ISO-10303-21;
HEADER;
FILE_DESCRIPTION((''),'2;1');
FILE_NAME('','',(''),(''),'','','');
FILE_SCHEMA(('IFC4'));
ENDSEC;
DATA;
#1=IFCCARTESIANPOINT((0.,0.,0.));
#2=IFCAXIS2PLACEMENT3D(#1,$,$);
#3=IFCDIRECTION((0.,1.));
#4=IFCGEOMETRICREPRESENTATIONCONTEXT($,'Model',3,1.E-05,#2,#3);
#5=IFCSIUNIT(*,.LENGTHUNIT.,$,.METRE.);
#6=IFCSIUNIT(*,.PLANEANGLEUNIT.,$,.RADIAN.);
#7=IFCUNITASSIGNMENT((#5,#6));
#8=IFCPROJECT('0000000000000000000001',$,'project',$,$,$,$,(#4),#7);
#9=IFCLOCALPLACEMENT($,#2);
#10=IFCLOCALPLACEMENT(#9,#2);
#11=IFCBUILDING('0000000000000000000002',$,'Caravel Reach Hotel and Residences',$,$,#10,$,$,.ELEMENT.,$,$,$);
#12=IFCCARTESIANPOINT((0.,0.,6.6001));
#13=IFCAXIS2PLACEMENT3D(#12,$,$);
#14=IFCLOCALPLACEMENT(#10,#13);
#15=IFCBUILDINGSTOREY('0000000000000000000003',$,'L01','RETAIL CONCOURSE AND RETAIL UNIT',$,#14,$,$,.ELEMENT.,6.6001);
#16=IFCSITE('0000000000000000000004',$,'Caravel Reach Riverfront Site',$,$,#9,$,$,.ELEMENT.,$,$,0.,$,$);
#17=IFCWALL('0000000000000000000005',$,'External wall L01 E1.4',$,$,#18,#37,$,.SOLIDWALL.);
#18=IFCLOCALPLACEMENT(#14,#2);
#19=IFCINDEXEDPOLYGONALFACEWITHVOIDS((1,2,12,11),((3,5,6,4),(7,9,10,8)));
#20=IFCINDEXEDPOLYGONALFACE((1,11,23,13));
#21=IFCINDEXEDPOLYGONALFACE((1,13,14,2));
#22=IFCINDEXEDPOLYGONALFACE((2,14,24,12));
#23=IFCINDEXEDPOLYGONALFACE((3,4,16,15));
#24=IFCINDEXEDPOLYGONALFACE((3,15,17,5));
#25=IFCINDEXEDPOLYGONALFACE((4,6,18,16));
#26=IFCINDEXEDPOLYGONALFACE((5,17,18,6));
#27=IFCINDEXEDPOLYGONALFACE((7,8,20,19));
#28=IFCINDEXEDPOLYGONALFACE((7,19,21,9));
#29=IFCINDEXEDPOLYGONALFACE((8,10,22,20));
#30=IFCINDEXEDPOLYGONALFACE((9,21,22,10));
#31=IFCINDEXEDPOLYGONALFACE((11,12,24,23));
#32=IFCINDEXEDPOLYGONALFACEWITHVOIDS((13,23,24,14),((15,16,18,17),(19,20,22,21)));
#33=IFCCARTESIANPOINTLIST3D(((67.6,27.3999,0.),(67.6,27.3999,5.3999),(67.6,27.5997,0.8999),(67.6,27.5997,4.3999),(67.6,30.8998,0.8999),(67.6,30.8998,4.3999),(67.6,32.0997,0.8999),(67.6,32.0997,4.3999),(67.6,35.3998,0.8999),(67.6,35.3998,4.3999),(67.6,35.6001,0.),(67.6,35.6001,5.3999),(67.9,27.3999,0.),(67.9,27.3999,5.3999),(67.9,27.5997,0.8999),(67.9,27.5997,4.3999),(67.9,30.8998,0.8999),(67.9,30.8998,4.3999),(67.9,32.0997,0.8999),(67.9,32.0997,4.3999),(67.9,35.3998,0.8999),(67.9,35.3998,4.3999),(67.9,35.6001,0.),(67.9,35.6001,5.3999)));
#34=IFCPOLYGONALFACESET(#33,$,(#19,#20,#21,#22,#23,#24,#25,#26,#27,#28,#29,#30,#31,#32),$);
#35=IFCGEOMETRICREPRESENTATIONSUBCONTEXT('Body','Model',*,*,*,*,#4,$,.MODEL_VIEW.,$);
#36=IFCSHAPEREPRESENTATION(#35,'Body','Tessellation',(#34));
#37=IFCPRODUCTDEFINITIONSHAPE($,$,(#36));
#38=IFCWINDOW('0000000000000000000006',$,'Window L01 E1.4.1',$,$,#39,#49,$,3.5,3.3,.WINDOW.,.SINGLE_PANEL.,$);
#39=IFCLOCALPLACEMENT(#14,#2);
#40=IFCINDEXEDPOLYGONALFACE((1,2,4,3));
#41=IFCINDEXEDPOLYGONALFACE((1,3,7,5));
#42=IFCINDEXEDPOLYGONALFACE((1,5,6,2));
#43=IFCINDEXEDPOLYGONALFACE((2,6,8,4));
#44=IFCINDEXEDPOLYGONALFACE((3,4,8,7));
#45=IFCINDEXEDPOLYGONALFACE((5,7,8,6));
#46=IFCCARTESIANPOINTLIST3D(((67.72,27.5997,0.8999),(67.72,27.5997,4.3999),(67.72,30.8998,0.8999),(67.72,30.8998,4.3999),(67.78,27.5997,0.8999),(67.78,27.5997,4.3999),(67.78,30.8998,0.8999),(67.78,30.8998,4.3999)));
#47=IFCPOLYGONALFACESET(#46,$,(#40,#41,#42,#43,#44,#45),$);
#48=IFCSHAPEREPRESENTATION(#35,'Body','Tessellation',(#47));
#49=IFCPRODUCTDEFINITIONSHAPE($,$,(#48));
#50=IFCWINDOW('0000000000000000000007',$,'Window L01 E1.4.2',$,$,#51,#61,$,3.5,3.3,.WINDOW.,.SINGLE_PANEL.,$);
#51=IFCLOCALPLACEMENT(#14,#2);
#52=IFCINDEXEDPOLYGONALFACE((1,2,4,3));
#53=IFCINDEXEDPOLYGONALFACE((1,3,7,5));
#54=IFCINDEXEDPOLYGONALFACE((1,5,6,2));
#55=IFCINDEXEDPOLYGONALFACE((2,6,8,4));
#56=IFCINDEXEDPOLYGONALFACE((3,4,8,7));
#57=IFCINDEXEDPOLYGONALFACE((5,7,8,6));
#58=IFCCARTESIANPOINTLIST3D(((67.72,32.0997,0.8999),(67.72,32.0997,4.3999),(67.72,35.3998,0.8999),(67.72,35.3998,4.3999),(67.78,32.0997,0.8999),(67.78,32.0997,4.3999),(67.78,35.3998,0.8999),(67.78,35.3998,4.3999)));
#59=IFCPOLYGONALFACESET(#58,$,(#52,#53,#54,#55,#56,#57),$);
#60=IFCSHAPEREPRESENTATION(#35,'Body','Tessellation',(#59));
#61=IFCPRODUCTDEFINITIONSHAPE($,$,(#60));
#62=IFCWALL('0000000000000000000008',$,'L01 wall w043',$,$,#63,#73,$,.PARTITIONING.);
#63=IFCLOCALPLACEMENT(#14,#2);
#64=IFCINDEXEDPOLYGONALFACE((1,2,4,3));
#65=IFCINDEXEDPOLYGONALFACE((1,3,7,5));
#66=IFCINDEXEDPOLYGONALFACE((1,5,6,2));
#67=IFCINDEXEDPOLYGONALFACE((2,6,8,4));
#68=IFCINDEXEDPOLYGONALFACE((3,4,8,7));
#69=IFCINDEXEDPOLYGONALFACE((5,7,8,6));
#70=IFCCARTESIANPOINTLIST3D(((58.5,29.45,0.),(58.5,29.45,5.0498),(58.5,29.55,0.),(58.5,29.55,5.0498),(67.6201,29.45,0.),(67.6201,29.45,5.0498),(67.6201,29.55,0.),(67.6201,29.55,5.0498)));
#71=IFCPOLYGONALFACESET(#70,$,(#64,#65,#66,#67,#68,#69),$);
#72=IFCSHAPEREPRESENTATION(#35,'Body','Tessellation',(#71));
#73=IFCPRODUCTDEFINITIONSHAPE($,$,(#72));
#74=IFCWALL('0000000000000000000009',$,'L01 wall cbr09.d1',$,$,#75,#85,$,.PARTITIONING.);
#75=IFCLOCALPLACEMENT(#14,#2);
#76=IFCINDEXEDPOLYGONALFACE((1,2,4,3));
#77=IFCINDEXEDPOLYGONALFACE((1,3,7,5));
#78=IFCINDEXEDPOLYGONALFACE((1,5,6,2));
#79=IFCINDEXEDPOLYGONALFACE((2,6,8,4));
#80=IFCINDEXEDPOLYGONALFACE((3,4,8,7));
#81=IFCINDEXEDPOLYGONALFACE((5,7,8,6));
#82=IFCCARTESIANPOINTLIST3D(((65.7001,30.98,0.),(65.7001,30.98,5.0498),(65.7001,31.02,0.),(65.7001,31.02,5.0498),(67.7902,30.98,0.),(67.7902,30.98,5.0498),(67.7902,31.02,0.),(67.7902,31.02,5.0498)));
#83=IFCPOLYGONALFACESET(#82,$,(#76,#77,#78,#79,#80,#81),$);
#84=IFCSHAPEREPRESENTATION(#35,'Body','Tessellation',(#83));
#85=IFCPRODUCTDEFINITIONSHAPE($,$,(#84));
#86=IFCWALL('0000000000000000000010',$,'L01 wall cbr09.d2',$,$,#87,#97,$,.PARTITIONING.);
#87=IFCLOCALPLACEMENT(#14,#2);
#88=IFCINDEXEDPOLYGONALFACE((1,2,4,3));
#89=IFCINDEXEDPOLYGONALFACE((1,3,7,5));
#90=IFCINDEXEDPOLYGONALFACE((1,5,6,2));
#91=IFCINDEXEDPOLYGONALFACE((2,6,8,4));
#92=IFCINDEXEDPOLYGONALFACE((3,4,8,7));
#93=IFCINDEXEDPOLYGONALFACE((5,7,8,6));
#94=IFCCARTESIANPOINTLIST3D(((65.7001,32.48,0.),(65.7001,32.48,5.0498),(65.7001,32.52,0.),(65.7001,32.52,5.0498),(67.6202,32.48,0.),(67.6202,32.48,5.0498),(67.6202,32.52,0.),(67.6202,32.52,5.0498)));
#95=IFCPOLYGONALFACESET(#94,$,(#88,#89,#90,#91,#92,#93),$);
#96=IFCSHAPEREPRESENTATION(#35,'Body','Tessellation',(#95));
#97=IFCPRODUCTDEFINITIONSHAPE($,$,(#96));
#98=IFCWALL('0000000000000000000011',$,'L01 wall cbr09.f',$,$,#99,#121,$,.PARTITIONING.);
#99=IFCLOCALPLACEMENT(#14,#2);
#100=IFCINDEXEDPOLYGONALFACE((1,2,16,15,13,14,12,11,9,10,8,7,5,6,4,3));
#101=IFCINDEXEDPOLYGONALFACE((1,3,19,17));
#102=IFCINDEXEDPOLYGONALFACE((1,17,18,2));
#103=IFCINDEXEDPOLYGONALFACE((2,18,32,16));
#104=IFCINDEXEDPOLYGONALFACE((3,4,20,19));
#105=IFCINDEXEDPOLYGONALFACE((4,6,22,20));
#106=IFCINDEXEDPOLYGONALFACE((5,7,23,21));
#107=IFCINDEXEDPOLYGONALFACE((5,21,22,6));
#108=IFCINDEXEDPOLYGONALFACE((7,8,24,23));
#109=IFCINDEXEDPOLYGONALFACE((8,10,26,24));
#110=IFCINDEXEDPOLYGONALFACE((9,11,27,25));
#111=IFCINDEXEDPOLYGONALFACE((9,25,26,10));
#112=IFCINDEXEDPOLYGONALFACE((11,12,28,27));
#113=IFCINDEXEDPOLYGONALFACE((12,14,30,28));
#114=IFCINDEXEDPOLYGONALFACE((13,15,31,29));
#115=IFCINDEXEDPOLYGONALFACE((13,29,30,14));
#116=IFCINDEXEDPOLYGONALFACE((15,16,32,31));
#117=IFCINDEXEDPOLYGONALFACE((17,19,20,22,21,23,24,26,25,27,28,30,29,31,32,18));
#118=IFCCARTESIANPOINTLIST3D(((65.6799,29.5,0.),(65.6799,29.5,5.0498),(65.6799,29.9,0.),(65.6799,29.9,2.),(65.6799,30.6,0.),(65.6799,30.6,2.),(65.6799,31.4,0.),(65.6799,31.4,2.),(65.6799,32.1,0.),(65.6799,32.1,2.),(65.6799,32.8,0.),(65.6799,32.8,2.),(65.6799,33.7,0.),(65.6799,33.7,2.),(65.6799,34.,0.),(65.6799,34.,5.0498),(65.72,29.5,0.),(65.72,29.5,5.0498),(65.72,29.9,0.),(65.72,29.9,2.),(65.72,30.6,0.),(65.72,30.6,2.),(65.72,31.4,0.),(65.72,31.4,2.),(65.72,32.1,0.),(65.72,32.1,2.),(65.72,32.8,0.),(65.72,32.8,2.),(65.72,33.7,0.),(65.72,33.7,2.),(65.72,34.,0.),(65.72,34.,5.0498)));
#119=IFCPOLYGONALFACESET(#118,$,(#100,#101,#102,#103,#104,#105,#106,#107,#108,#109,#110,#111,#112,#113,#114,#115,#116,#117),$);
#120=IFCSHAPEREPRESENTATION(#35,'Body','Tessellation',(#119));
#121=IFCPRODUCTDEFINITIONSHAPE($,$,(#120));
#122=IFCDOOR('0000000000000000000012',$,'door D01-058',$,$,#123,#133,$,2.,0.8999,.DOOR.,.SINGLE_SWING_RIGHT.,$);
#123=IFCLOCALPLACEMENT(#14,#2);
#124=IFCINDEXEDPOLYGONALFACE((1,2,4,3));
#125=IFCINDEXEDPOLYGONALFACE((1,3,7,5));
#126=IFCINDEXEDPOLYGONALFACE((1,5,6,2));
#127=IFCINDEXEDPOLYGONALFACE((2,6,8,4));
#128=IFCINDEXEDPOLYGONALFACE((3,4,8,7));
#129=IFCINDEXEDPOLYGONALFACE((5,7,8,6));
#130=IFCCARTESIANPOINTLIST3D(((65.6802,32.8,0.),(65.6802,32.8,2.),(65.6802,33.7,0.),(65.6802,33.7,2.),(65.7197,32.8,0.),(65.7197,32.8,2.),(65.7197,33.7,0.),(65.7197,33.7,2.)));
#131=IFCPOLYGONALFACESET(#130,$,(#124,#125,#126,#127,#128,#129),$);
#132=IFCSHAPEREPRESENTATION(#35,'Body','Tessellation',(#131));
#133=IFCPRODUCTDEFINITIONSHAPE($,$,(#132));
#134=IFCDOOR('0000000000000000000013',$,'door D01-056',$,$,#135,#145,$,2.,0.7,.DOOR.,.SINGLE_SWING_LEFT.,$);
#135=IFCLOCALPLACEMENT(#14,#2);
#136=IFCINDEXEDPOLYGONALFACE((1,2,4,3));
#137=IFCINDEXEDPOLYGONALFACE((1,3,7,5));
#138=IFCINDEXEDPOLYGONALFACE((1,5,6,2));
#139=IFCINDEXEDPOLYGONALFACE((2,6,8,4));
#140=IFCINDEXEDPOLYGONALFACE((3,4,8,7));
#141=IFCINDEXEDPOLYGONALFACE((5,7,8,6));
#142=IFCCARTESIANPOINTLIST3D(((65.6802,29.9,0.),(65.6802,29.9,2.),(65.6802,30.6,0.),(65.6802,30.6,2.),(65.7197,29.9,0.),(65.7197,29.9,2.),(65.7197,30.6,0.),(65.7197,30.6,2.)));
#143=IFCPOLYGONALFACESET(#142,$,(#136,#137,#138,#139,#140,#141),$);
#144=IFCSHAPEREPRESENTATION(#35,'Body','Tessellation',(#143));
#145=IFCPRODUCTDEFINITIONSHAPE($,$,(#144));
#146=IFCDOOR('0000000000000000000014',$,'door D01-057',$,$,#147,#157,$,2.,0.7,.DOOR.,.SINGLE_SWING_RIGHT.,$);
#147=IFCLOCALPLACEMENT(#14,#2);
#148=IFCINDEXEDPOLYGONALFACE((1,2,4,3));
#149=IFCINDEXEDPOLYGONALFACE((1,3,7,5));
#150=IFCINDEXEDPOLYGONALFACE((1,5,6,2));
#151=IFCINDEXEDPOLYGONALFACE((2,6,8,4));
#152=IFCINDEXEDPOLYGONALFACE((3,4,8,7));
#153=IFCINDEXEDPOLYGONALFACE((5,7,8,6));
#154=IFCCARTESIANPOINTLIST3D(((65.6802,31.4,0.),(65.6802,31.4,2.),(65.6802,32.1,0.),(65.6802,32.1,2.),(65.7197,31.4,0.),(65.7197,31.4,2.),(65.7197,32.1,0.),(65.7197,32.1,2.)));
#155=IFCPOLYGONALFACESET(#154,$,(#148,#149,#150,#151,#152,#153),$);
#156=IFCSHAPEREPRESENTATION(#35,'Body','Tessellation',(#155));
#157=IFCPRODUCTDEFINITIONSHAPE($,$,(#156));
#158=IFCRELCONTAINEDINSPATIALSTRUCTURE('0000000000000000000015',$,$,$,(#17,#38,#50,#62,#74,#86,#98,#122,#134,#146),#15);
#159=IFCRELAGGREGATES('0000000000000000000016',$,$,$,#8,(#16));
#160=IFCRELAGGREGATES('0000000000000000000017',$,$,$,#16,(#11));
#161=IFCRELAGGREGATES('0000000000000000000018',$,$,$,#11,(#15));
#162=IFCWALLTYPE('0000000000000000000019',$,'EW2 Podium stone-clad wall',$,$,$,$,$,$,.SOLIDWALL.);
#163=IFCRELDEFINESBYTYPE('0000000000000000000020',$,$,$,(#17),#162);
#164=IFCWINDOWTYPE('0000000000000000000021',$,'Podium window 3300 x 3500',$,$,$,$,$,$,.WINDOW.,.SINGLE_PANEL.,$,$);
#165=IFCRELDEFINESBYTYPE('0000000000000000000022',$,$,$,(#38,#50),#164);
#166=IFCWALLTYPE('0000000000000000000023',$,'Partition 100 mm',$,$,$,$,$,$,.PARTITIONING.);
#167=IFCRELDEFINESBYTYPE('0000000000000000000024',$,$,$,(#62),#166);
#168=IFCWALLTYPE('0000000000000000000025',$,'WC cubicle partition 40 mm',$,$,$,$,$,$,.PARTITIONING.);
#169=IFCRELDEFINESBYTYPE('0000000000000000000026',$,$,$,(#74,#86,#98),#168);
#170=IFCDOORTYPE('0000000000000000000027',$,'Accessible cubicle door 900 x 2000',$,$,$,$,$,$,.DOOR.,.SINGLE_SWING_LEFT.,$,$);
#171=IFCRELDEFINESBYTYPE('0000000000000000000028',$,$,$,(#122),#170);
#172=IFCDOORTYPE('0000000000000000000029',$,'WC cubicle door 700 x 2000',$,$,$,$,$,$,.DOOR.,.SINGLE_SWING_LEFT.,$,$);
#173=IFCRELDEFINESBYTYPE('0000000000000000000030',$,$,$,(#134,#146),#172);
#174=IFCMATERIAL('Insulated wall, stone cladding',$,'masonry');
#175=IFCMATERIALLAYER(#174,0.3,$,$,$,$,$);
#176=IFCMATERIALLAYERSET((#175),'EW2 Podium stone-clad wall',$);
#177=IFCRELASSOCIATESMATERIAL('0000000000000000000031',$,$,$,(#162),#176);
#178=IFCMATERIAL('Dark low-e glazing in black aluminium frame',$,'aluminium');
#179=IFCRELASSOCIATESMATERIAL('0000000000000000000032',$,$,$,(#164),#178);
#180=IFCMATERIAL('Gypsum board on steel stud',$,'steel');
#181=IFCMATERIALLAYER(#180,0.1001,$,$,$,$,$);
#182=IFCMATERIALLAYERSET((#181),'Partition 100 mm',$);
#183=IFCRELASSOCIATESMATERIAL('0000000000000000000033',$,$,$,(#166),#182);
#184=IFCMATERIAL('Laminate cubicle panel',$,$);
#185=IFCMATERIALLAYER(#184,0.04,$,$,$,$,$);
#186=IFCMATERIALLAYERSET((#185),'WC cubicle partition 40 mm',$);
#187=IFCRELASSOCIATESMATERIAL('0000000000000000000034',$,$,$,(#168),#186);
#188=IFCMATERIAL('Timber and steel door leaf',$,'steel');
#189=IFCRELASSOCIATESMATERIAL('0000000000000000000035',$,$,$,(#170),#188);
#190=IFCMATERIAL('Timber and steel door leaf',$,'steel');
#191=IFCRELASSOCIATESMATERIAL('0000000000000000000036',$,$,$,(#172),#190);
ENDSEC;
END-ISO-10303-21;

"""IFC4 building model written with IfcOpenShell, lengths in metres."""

from ifc_helpers import new_model, si_unit, direction, frame, frame_2d, origin, place, context, subcontext, project, spatial, rectangle, extrude, material, layer, layer_set, type_object, element, fill, save


model = new_model("IFC4")

# Units and contexts
model_context = context("Model", 3, precision=1e-05, world=origin(), true_north=direction((0.0, 1.0)))
body_context = subcontext(model_context, "Body", "Model", "MODEL_VIEW")
ifc_project = project(units=[si_unit("LENGTHUNIT", "METRE"), si_unit("PLANEANGLEUNIT", "RADIAN")], contexts=[model_context])

# Site, building, storey
site_placement = place(None, origin())
site = spatial("IfcSite", under=ifc_project, at=site_placement, Name="Caravel Reach Riverfront Site", CompositionType="ELEMENT", RefElevation=0.0)
building_placement = place(site_placement, origin())
building = spatial("IfcBuilding", under=site, at=building_placement, Name="Caravel Reach Hotel and Residences", CompositionType="ELEMENT")
storey_placement = place(building_placement, frame((0.0, 0.0, 6.6001)))
storey = spatial("IfcBuildingStorey", under=building, at=storey_placement, Name="L01", Description="RETAIL CONCOURSE AND RETAIL UNIT", CompositionType="ELEMENT", Elevation=6.6001)

# Wall, openings, windows
ifc_material_1 = material(Name="Insulated wall, stone cladding", Category="masonry")
ifc_layer_1 = layer(ifc_material_1, 0.3)
ifc_layer_set_1 = layer_set([ifc_layer_1], Name="EW2 Podium stone-clad wall")
wall_type_1 = type_object("IfcWallType", Name="EW2 Podium stone-clad wall", PredefinedType="SOLIDWALL", material=ifc_layer_set_1)
wall_1_placement = place(storey_placement, frame((67.75, 27.3999, 0.0), z_axis=(0.0, 0.0, 1.0), x_axis=(0.0, 1.0, 0.0)))
wall_1 = element("IfcWall", 1, at=wall_1_placement, inside=storey, type_object=wall_type_1, Name="External wall L01 E1.4", PredefinedType="SOLIDWALL", context=body_context, shape_type="SweptSolid", body=[
    extrude(rectangle(XDim=8.2002, YDim=0.3, at=frame_2d((4.1001, 0.0))), origin(), (0.0, 0.0, 1.0), 5.3999),
])
opening_1_placement = place(wall_1_placement, frame((0.2, 0.0, 0.8999)))
opening_1 = element("IfcOpeningElement", 2, at=opening_1_placement, cuts=wall_1, PredefinedType="OPENING", context=body_context, shape_type="SweptSolid", body=[
    extrude(rectangle(XDim=3.3, YDim=3.5, at=frame_2d((1.6499, 1.75))), frame((0.0, 0.1599, 0.0), z_axis=(0.0, -1.0, 0.0), x_axis=(1.0, 0.0, 0.0)), (0.0, 0.0, 1.0), 0.3201),
])
opening_2_placement = place(wall_1_placement, frame((4.7, 0.0, 0.8999)))
opening_2 = element("IfcOpeningElement", 3, at=opening_2_placement, cuts=wall_1, PredefinedType="OPENING", context=body_context, shape_type="SweptSolid", body=[
    extrude(rectangle(XDim=3.3, YDim=3.5, at=frame_2d((1.6499, 1.75))), frame((0.0, 0.1599, 0.0), z_axis=(0.0, -1.0, 0.0), x_axis=(1.0, 0.0, 0.0)), (0.0, 0.0, 1.0), 0.3201),
])
ifc_material_2 = material(Name="Dark low-e glazing in black aluminium frame", Category="aluminium")
window_type = type_object("IfcWindowType", Name="Podium window 3300 x 3500", PartitioningType="SINGLE_PANEL", PredefinedType="WINDOW", material=ifc_material_2)
window_1_placement = place(opening_1_placement, origin())
window_1 = element("IfcWindow", 4, at=window_1_placement, inside=storey, type_object=window_type, Name="Window L01 E1.4.1", OverallHeight=3.5, OverallWidth=3.3, PartitioningType="SINGLE_PANEL", PredefinedType="WINDOW", context=body_context, shape_type="SweptSolid", body=[
    extrude(rectangle(XDim=3.3, YDim=3.5, at=frame_2d((1.6499, 1.75))), frame((0.0, 0.03, 0.0), z_axis=(0.0, -1.0, 0.0), x_axis=(1.0, 0.0, 0.0)), (0.0, 0.0, 1.0), 0.0601),
])
fill(opening_1, window_1)
window_2_placement = place(opening_2_placement, origin())
window_2 = element("IfcWindow", 5, at=window_2_placement, inside=storey, type_object=window_type, Name="Window L01 E1.4.2", OverallHeight=3.5, OverallWidth=3.3, PartitioningType="SINGLE_PANEL", PredefinedType="WINDOW", context=body_context, shape_type="SweptSolid", body=[
    extrude(rectangle(XDim=3.3, YDim=3.5, at=frame_2d((1.6499, 1.75))), frame((0.0, 0.03, 0.0), z_axis=(0.0, -1.0, 0.0), x_axis=(1.0, 0.0, 0.0)), (0.0, 0.0, 1.0), 0.0601),
])
fill(opening_2, window_2)

# Walls
ifc_material_3 = material(Name="Gypsum board on steel stud", Category="steel")
ifc_layer_2 = layer(ifc_material_3, 0.1001)
ifc_layer_set_2 = layer_set([ifc_layer_2], Name="Partition 100 mm")
wall_type_2 = type_object("IfcWallType", Name="Partition 100 mm", PredefinedType="PARTITIONING", material=ifc_layer_set_2)
wall_2_placement = place(storey_placement, frame((58.5, 29.5, 0.0), z_axis=(0.0, 0.0, 1.0), x_axis=(1.0, 0.0, 0.0)))
element("IfcWall", 6, at=wall_2_placement, inside=storey, type_object=wall_type_2, Name="L01 wall w043", PredefinedType="PARTITIONING", context=body_context, shape_type="SweptSolid", body=[
    extrude(rectangle(XDim=9.1201, YDim=0.1001, at=frame_2d((4.5601, 0.0))), origin(), (0.0, 0.0, 1.0), 5.0498),
])
ifc_material_4 = material(Name="Laminate cubicle panel")
ifc_layer_3 = layer(ifc_material_4, 0.04)
ifc_layer_set_3 = layer_set([ifc_layer_3], Name="WC cubicle partition 40 mm")
wall_type_3 = type_object("IfcWallType", Name="WC cubicle partition 40 mm", PredefinedType="PARTITIONING", material=ifc_layer_set_3)
wall_3_placement = place(storey_placement, frame((67.79, 31.0, 0.0), z_axis=(0.0, 0.0, 1.0), x_axis=(-1.0, 0.0, 0.0)))
element("IfcWall", 7, at=wall_3_placement, inside=storey, type_object=wall_type_3, Name="L01 wall cbr09.d1", PredefinedType="PARTITIONING", context=body_context, shape_type="SweptSolid", body=[
    extrude(rectangle(XDim=2.0901, YDim=0.04, at=frame_2d((1.0449, 0.0))), origin(), (0.0, 0.0, 1.0), 5.0498),
])
wall_4_placement = place(storey_placement, frame((67.6201, 32.5, 0.0), z_axis=(0.0, 0.0, 1.0), x_axis=(-1.0, 0.0, 0.0)))
element("IfcWall", 8, at=wall_4_placement, inside=storey, type_object=wall_type_3, Name="L01 wall cbr09.d2", PredefinedType="PARTITIONING", context=body_context, shape_type="SweptSolid", body=[
    extrude(rectangle(XDim=1.9202, YDim=0.04, at=frame_2d((0.96, 0.0))), origin(), (0.0, 0.0, 1.0), 5.0498),
])

# Wall, openings, doors
wall_5_placement = place(storey_placement, frame((65.7, 29.5, 0.0), z_axis=(0.0, 0.0, 1.0), x_axis=(0.0, 1.0, 0.0)))
wall_5 = element("IfcWall", 9, at=wall_5_placement, inside=storey, type_object=wall_type_3, Name="L01 wall cbr09.f", PredefinedType="PARTITIONING", context=body_context, shape_type="SweptSolid", body=[
    extrude(rectangle(XDim=4.5, YDim=0.04, at=frame_2d((2.25, 0.0))), origin(), (0.0, 0.0, 1.0), 5.0498),
])
opening_3_placement = place(wall_5_placement, frame((0.3999, 0.0, 0.0)))
opening_3 = element("IfcOpeningElement", 10, at=opening_3_placement, cuts=wall_5, PredefinedType="OPENING", context=body_context, shape_type="SweptSolid", body=[
    extrude(rectangle(XDim=0.7, YDim=2.0, at=frame_2d((0.3501, 1.0))), frame((0.0, 0.03, 0.0), z_axis=(0.0, -1.0, 0.0), x_axis=(1.0, 0.0, 0.0)), (0.0, 0.0, 1.0), 0.0601),
])
opening_4_placement = place(wall_5_placement, frame((1.8999, 0.0, 0.0)))
opening_4 = element("IfcOpeningElement", 11, at=opening_4_placement, cuts=wall_5, PredefinedType="OPENING", context=body_context, shape_type="SweptSolid", body=[
    extrude(rectangle(XDim=0.7, YDim=2.0, at=frame_2d((0.3501, 1.0))), frame((0.0, 0.03, 0.0), z_axis=(0.0, -1.0, 0.0), x_axis=(1.0, 0.0, 0.0)), (0.0, 0.0, 1.0), 0.0601),
])
opening_5_placement = place(wall_5_placement, frame((3.3, 0.0, 0.0)))
opening_5 = element("IfcOpeningElement", 12, at=opening_5_placement, cuts=wall_5, PredefinedType="OPENING", context=body_context, shape_type="SweptSolid", body=[
    extrude(rectangle(XDim=0.8999, YDim=2.0, at=frame_2d((0.45, 1.0))), frame((0.0, 0.03, 0.0), z_axis=(0.0, -1.0, 0.0), x_axis=(1.0, 0.0, 0.0)), (0.0, 0.0, 1.0), 0.0601),
])
ifc_material_5 = material(Name="Timber and steel door leaf", Category="steel")
door_type_1 = type_object("IfcDoorType", Name="Accessible cubicle door 900 x 2000", OperationType="SINGLE_SWING_LEFT", PredefinedType="DOOR", material=ifc_material_5)
door_1_placement = place(opening_5_placement, origin())
door_1 = element("IfcDoor", 13, at=door_1_placement, inside=storey, type_object=door_type_1, Name="door D01-058", OperationType="SINGLE_SWING_RIGHT", OverallHeight=2.0, OverallWidth=0.8999, PredefinedType="DOOR", context=body_context, shape_type="SweptSolid", body=[
    extrude(rectangle(XDim=0.8999, YDim=2.0, at=frame_2d((0.45, 1.0))), frame((0.0, 0.0198, 0.0), z_axis=(0.0, -1.0, 0.0), x_axis=(1.0, 0.0, 0.0)), (0.0, 0.0, 1.0), 0.0396),
])
fill(opening_5, door_1)
ifc_material_6 = material(Name="Timber and steel door leaf", Category="steel")
door_type_2 = type_object("IfcDoorType", Name="WC cubicle door 700 x 2000", OperationType="SINGLE_SWING_LEFT", PredefinedType="DOOR", material=ifc_material_6)
door_2_placement = place(opening_3_placement, origin())
door_2 = element("IfcDoor", 14, at=door_2_placement, inside=storey, type_object=door_type_2, Name="door D01-056", OperationType="SINGLE_SWING_LEFT", OverallHeight=2.0, OverallWidth=0.7, PredefinedType="DOOR", context=body_context, shape_type="SweptSolid", body=[
    extrude(rectangle(XDim=0.7, YDim=2.0, at=frame_2d((0.3501, 1.0))), frame((0.0, 0.0198, 0.0), z_axis=(0.0, -1.0, 0.0), x_axis=(1.0, 0.0, 0.0)), (0.0, 0.0, 1.0), 0.0396),
])
fill(opening_3, door_2)
door_3_placement = place(opening_4_placement, origin())
door_3 = element("IfcDoor", 15, at=door_3_placement, inside=storey, type_object=door_type_2, Name="door D01-057", OperationType="SINGLE_SWING_RIGHT", OverallHeight=2.0, OverallWidth=0.7, PredefinedType="DOOR", context=body_context, shape_type="SweptSolid", body=[
    extrude(rectangle(XDim=0.7, YDim=2.0, at=frame_2d((0.3501, 1.0))), frame((0.0, 0.0198, 0.0), z_axis=(0.0, -1.0, 0.0), x_axis=(1.0, 0.0, 0.0)), (0.0, 0.0, 1.0), 0.0396),
])
fill(opening_4, door_3)

save(model, "model.ifc")
